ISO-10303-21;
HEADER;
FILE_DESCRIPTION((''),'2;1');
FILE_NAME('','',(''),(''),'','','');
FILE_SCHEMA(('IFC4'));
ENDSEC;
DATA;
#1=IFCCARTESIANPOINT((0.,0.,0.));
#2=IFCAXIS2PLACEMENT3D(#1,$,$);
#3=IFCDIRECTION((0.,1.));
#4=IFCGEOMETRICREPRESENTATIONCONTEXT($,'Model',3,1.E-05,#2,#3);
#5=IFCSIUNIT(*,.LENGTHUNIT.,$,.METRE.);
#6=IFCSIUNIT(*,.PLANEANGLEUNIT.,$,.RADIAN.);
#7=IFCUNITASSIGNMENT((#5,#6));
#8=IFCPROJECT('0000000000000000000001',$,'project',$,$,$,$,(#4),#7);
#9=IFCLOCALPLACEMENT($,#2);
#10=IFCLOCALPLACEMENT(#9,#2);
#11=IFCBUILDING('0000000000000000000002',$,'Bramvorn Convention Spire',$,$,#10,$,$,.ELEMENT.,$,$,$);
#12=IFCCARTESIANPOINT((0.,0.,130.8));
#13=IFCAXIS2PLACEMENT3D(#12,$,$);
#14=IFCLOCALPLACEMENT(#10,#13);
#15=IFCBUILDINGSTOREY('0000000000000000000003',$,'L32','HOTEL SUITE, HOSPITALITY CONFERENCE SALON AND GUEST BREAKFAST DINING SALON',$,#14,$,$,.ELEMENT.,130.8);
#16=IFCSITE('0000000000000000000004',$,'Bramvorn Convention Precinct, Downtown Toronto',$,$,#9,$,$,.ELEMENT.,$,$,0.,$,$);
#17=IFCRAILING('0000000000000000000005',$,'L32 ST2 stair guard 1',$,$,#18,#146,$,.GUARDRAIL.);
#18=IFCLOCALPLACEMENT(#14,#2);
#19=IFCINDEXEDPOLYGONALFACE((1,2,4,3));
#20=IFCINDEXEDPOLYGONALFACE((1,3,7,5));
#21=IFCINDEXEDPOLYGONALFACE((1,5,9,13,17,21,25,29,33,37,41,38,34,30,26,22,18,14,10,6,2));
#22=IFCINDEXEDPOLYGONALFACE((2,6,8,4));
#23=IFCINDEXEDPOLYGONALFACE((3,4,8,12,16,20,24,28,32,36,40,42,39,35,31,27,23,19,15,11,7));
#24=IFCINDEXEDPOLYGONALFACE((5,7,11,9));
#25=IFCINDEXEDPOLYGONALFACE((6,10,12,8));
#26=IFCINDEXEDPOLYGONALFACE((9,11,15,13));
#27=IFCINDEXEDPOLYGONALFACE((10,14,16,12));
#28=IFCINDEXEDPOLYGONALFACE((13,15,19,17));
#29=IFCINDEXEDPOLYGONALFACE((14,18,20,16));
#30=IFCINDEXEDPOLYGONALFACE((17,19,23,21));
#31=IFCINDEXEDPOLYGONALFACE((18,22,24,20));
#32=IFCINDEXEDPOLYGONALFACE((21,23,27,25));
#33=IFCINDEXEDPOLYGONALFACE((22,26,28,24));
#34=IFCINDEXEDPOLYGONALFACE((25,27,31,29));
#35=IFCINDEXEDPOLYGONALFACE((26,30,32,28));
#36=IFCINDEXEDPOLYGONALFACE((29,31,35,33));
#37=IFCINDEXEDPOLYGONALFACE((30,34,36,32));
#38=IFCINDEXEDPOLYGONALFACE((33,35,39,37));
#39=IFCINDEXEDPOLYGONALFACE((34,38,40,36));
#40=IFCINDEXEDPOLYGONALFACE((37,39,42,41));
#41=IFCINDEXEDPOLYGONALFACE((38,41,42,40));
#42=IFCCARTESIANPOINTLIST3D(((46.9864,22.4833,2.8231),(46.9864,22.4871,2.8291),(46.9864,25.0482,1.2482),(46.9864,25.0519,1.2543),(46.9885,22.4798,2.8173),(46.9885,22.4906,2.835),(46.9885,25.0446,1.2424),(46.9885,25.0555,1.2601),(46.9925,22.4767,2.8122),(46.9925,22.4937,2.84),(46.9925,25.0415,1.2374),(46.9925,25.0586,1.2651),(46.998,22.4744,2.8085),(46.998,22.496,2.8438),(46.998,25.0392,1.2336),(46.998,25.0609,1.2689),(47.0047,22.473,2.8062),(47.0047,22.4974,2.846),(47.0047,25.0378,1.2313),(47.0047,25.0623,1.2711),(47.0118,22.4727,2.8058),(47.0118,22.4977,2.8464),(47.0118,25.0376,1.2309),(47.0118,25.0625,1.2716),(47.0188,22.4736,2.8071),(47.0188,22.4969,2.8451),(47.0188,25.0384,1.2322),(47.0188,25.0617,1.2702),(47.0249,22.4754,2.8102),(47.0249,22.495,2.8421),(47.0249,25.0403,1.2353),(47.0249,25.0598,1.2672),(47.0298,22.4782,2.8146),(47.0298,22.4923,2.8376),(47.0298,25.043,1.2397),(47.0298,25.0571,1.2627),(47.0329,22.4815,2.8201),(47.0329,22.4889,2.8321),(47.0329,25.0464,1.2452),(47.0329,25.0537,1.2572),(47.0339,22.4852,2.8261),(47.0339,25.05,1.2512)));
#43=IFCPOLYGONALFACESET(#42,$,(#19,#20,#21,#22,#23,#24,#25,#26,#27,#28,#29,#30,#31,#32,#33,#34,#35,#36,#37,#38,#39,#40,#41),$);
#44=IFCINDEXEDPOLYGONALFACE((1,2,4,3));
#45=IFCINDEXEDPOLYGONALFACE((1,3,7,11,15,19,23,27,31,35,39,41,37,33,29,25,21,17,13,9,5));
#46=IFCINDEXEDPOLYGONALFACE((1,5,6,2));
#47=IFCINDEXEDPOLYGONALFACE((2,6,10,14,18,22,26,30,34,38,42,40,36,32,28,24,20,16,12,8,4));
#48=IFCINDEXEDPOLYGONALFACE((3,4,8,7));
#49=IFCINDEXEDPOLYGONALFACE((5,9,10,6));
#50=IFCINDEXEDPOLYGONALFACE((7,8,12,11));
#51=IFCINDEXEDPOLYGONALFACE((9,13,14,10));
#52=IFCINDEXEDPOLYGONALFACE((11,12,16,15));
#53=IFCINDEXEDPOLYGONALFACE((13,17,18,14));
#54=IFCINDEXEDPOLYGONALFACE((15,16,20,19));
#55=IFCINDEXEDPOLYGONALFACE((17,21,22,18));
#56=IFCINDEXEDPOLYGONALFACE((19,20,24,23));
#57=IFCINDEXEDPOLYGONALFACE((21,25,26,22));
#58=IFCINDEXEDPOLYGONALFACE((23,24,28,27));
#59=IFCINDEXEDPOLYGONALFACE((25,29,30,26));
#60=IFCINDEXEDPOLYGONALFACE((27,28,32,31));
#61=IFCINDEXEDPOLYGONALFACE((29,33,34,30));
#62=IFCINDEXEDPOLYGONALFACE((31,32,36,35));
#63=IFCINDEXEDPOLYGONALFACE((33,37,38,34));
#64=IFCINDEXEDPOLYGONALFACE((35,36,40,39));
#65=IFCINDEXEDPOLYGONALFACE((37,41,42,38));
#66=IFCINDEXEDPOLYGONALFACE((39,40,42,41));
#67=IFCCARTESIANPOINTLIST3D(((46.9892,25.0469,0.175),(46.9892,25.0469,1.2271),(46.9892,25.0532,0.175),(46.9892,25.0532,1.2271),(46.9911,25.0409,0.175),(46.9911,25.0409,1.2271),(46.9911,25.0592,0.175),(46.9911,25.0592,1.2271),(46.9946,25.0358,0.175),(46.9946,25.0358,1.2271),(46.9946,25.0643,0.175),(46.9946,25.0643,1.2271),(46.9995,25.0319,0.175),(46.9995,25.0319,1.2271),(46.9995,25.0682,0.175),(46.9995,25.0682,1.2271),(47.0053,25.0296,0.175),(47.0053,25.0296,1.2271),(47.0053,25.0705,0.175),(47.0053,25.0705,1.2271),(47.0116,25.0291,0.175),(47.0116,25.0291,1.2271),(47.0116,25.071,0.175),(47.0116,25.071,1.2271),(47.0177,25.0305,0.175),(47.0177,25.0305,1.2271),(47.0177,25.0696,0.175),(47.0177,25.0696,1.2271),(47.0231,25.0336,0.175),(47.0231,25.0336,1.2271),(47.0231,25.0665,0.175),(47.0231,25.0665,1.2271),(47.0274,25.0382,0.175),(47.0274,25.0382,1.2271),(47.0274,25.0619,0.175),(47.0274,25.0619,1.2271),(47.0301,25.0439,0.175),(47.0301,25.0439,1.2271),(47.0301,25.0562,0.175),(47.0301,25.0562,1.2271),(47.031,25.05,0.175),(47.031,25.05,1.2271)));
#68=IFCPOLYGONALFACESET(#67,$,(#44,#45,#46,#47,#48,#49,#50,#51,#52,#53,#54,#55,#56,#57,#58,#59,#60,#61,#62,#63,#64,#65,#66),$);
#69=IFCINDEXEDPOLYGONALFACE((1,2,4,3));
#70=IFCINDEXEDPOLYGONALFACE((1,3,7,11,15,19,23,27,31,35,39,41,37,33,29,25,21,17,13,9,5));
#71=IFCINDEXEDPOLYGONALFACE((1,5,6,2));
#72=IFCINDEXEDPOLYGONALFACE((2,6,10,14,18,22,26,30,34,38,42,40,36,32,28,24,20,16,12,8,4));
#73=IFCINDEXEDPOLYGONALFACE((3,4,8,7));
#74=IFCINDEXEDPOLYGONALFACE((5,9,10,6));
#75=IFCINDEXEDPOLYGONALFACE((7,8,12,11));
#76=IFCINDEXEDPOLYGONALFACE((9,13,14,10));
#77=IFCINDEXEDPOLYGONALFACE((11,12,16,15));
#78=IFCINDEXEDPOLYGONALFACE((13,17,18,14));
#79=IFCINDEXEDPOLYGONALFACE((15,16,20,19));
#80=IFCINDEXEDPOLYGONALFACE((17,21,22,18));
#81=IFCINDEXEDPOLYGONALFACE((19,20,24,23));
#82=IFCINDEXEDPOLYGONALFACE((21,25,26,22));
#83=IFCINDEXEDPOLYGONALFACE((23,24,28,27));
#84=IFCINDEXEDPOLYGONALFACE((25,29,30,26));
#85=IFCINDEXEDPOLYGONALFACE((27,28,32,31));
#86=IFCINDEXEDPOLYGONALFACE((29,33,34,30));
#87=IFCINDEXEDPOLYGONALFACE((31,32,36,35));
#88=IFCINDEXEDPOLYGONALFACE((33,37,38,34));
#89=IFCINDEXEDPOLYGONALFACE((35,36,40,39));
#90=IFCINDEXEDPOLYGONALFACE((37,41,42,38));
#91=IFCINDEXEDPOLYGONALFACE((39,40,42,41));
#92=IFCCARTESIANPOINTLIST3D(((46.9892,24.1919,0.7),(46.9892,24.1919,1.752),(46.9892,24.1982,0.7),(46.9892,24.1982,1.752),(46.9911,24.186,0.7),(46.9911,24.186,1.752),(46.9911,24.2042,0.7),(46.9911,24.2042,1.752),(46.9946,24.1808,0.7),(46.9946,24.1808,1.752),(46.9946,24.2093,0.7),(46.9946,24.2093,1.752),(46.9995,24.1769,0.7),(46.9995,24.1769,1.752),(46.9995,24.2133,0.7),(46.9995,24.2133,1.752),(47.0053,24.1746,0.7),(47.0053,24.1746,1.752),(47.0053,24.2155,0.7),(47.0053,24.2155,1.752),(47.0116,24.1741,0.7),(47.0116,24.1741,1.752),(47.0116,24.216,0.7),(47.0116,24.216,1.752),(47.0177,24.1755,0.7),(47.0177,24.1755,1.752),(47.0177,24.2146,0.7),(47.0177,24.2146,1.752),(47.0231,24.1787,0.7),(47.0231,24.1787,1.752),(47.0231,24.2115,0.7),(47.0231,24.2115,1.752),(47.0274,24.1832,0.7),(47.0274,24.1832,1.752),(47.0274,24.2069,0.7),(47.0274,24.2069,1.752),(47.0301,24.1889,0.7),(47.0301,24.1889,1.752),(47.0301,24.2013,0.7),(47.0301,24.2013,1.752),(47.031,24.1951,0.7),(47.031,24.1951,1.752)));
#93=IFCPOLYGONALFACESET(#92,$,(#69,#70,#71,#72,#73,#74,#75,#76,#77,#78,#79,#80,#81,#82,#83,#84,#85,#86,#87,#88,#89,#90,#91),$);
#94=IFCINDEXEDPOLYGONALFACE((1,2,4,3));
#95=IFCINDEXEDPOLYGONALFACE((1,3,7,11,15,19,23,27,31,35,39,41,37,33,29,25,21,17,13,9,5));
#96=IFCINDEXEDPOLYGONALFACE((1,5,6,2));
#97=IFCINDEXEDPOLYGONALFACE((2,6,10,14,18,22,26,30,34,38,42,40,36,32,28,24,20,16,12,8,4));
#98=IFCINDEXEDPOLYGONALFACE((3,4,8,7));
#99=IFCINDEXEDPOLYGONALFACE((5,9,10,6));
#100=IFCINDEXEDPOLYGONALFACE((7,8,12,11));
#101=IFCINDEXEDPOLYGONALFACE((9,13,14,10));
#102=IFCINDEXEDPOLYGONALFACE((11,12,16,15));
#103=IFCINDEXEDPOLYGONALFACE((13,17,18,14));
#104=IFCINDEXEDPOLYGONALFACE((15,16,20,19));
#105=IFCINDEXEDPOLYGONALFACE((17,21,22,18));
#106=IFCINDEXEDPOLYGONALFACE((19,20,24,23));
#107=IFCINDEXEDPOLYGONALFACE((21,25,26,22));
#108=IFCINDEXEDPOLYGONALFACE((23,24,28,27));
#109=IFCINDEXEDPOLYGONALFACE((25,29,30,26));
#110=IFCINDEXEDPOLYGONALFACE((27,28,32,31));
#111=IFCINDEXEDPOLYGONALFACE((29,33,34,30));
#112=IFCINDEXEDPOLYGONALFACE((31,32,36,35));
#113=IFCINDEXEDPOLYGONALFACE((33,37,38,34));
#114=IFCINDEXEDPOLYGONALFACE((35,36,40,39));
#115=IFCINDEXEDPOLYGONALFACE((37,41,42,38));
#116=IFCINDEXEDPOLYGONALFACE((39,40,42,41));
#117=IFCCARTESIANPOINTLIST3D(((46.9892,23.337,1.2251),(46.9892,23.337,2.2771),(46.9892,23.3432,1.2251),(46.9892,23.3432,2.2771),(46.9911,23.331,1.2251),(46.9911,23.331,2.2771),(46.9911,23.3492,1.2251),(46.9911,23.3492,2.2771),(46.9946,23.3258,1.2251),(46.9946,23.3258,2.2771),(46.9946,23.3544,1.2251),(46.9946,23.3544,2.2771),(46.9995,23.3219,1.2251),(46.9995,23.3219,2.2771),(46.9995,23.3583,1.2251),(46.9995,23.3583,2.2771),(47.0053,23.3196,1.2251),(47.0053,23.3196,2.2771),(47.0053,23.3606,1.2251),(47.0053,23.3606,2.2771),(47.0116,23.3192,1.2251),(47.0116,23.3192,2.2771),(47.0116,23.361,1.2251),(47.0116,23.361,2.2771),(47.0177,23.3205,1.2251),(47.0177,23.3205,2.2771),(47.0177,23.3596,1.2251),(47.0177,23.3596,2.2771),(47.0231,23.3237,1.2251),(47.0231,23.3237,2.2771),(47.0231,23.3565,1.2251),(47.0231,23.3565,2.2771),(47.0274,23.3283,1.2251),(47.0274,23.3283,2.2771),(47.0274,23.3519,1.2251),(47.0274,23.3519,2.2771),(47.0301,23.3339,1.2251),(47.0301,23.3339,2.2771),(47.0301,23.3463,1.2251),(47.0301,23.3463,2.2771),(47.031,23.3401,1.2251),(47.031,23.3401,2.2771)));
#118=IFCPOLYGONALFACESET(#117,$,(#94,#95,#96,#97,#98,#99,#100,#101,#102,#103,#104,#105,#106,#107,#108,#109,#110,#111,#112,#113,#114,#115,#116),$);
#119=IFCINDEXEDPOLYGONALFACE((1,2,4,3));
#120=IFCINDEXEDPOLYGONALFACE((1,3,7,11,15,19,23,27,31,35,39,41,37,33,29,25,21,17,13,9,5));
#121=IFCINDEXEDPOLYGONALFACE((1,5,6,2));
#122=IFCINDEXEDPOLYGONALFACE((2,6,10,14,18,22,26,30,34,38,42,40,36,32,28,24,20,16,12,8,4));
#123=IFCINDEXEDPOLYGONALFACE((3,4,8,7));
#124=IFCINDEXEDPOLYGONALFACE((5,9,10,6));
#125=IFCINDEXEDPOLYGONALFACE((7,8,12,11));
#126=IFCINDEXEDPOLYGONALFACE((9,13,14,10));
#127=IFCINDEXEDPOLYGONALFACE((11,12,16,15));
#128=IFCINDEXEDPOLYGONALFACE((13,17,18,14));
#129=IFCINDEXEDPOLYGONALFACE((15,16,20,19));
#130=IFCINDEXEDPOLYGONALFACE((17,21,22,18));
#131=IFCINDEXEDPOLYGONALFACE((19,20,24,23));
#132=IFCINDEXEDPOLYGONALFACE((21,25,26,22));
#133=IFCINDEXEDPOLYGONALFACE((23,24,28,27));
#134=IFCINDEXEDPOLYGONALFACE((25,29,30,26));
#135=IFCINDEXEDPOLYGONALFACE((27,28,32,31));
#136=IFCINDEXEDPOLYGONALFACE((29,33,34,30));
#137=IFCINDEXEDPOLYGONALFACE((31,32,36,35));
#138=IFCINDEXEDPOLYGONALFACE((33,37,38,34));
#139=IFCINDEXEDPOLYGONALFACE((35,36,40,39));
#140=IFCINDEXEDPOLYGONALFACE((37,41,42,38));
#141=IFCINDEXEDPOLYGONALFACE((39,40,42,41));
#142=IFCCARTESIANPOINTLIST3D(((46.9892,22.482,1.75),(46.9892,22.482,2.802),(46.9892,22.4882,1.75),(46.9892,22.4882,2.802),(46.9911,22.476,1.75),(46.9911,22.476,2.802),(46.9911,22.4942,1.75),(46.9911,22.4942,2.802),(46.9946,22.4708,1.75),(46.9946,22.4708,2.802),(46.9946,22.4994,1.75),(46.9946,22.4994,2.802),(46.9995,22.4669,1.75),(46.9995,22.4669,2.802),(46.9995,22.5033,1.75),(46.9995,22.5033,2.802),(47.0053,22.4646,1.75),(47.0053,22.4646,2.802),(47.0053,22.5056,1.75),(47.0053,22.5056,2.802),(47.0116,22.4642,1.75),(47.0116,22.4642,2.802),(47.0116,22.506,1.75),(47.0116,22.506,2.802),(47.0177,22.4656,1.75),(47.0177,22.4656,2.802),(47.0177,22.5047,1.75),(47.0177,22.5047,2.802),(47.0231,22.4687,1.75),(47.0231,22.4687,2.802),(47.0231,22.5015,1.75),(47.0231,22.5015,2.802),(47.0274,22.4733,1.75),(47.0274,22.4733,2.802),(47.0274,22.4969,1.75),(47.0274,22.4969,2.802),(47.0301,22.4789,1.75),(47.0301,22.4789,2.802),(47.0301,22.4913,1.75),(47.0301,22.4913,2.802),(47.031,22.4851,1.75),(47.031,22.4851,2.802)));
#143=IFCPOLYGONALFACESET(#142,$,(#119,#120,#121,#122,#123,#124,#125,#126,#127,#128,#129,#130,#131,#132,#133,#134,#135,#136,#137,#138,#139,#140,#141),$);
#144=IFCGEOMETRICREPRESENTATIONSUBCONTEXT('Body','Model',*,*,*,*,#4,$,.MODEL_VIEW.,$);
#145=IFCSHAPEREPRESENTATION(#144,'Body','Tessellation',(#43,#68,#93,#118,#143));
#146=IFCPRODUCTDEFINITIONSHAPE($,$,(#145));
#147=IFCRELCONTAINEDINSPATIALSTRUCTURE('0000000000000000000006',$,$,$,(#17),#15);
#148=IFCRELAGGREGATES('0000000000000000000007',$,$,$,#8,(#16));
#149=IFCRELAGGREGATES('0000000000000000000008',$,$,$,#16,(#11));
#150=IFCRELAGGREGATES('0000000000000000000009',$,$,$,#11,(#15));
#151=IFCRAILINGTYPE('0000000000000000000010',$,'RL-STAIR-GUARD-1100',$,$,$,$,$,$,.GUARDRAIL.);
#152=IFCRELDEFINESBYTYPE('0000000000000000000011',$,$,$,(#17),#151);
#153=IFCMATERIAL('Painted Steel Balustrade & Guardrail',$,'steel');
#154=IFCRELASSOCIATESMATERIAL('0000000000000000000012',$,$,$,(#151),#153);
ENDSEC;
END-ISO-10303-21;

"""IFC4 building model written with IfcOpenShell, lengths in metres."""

from ifc_helpers import new_model, si_unit, direction, frame, origin, origin_2d, place, context, subcontext, project, spatial, circle, extrude, material, type_object, element, save


model = new_model("IFC4")

# Units and contexts
model_context = context("Model", 3, precision=1e-05, world=origin(), true_north=direction((0.0, 1.0)))
body_context = subcontext(model_context, "Body", "Model", "MODEL_VIEW")
ifc_project = project(units=[si_unit("LENGTHUNIT", "METRE"), si_unit("PLANEANGLEUNIT", "RADIAN")], contexts=[model_context])

# Site, building, storey
site_placement = place(None, origin())
site = spatial("IfcSite", under=ifc_project, at=site_placement, Name="Bramvorn Convention Precinct, Downtown Toronto", CompositionType="ELEMENT", RefElevation=0.0)
building_placement = place(site_placement, origin())
building = spatial("IfcBuilding", under=site, at=building_placement, Name="Bramvorn Convention Spire", CompositionType="ELEMENT")
storey_placement = place(building_placement, frame((0.0, 0.0, 130.8)))
storey = spatial("IfcBuildingStorey", under=building, at=storey_placement, Name="L32", Description="HOTEL SUITE, HOSPITALITY CONFERENCE SALON AND GUEST BREAKFAST DINING SALON", CompositionType="ELEMENT", Elevation=130.8)

# Railing
ifc_material_1 = material(Name="Painted Steel Balustrade & Guardrail", Category="steel")
railing_type_1 = type_object("IfcRailingType", Name="RL-STAIR-GUARD-1100", PredefinedType="GUARDRAIL", material=ifc_material_1)
railing_1_placement = place(storey_placement, frame((47.01, 25.05, 0.175)))
element("IfcRailing", 1, at=railing_1_placement, inside=storey, type_object=railing_type_1, Name="L32 ST2 stair guard 1", PredefinedType="GUARDRAIL", context=body_context, shape_type="SweptSolid", body=[
    extrude(circle(Radius=0.0239, at=origin_2d()), frame((0.0, 0.0, 1.0762), z_axis=(0.0, -0.852173, 0.52326), x_axis=(1.0, 0.0, 0.0)), (0.0, 0.0, 1.0), 3.0098),
    extrude(circle(Radius=0.021, at=origin_2d()), origin(), (0.0, 0.0, 1.0), 1.052),
    extrude(circle(Radius=0.021, at=origin_2d()), frame((0.0, -0.855, 0.5249)), (0.0, 0.0, 1.0), 1.052),
    extrude(circle(Radius=0.021, at=origin_2d()), frame((0.0, -1.71, 1.05)), (0.0, 0.0, 1.0), 1.052),
    extrude(circle(Radius=0.021, at=origin_2d()), frame((0.0, -2.5649, 1.575)), (0.0, 0.0, 1.0), 1.052),
])

save(model, "model.ifc")
